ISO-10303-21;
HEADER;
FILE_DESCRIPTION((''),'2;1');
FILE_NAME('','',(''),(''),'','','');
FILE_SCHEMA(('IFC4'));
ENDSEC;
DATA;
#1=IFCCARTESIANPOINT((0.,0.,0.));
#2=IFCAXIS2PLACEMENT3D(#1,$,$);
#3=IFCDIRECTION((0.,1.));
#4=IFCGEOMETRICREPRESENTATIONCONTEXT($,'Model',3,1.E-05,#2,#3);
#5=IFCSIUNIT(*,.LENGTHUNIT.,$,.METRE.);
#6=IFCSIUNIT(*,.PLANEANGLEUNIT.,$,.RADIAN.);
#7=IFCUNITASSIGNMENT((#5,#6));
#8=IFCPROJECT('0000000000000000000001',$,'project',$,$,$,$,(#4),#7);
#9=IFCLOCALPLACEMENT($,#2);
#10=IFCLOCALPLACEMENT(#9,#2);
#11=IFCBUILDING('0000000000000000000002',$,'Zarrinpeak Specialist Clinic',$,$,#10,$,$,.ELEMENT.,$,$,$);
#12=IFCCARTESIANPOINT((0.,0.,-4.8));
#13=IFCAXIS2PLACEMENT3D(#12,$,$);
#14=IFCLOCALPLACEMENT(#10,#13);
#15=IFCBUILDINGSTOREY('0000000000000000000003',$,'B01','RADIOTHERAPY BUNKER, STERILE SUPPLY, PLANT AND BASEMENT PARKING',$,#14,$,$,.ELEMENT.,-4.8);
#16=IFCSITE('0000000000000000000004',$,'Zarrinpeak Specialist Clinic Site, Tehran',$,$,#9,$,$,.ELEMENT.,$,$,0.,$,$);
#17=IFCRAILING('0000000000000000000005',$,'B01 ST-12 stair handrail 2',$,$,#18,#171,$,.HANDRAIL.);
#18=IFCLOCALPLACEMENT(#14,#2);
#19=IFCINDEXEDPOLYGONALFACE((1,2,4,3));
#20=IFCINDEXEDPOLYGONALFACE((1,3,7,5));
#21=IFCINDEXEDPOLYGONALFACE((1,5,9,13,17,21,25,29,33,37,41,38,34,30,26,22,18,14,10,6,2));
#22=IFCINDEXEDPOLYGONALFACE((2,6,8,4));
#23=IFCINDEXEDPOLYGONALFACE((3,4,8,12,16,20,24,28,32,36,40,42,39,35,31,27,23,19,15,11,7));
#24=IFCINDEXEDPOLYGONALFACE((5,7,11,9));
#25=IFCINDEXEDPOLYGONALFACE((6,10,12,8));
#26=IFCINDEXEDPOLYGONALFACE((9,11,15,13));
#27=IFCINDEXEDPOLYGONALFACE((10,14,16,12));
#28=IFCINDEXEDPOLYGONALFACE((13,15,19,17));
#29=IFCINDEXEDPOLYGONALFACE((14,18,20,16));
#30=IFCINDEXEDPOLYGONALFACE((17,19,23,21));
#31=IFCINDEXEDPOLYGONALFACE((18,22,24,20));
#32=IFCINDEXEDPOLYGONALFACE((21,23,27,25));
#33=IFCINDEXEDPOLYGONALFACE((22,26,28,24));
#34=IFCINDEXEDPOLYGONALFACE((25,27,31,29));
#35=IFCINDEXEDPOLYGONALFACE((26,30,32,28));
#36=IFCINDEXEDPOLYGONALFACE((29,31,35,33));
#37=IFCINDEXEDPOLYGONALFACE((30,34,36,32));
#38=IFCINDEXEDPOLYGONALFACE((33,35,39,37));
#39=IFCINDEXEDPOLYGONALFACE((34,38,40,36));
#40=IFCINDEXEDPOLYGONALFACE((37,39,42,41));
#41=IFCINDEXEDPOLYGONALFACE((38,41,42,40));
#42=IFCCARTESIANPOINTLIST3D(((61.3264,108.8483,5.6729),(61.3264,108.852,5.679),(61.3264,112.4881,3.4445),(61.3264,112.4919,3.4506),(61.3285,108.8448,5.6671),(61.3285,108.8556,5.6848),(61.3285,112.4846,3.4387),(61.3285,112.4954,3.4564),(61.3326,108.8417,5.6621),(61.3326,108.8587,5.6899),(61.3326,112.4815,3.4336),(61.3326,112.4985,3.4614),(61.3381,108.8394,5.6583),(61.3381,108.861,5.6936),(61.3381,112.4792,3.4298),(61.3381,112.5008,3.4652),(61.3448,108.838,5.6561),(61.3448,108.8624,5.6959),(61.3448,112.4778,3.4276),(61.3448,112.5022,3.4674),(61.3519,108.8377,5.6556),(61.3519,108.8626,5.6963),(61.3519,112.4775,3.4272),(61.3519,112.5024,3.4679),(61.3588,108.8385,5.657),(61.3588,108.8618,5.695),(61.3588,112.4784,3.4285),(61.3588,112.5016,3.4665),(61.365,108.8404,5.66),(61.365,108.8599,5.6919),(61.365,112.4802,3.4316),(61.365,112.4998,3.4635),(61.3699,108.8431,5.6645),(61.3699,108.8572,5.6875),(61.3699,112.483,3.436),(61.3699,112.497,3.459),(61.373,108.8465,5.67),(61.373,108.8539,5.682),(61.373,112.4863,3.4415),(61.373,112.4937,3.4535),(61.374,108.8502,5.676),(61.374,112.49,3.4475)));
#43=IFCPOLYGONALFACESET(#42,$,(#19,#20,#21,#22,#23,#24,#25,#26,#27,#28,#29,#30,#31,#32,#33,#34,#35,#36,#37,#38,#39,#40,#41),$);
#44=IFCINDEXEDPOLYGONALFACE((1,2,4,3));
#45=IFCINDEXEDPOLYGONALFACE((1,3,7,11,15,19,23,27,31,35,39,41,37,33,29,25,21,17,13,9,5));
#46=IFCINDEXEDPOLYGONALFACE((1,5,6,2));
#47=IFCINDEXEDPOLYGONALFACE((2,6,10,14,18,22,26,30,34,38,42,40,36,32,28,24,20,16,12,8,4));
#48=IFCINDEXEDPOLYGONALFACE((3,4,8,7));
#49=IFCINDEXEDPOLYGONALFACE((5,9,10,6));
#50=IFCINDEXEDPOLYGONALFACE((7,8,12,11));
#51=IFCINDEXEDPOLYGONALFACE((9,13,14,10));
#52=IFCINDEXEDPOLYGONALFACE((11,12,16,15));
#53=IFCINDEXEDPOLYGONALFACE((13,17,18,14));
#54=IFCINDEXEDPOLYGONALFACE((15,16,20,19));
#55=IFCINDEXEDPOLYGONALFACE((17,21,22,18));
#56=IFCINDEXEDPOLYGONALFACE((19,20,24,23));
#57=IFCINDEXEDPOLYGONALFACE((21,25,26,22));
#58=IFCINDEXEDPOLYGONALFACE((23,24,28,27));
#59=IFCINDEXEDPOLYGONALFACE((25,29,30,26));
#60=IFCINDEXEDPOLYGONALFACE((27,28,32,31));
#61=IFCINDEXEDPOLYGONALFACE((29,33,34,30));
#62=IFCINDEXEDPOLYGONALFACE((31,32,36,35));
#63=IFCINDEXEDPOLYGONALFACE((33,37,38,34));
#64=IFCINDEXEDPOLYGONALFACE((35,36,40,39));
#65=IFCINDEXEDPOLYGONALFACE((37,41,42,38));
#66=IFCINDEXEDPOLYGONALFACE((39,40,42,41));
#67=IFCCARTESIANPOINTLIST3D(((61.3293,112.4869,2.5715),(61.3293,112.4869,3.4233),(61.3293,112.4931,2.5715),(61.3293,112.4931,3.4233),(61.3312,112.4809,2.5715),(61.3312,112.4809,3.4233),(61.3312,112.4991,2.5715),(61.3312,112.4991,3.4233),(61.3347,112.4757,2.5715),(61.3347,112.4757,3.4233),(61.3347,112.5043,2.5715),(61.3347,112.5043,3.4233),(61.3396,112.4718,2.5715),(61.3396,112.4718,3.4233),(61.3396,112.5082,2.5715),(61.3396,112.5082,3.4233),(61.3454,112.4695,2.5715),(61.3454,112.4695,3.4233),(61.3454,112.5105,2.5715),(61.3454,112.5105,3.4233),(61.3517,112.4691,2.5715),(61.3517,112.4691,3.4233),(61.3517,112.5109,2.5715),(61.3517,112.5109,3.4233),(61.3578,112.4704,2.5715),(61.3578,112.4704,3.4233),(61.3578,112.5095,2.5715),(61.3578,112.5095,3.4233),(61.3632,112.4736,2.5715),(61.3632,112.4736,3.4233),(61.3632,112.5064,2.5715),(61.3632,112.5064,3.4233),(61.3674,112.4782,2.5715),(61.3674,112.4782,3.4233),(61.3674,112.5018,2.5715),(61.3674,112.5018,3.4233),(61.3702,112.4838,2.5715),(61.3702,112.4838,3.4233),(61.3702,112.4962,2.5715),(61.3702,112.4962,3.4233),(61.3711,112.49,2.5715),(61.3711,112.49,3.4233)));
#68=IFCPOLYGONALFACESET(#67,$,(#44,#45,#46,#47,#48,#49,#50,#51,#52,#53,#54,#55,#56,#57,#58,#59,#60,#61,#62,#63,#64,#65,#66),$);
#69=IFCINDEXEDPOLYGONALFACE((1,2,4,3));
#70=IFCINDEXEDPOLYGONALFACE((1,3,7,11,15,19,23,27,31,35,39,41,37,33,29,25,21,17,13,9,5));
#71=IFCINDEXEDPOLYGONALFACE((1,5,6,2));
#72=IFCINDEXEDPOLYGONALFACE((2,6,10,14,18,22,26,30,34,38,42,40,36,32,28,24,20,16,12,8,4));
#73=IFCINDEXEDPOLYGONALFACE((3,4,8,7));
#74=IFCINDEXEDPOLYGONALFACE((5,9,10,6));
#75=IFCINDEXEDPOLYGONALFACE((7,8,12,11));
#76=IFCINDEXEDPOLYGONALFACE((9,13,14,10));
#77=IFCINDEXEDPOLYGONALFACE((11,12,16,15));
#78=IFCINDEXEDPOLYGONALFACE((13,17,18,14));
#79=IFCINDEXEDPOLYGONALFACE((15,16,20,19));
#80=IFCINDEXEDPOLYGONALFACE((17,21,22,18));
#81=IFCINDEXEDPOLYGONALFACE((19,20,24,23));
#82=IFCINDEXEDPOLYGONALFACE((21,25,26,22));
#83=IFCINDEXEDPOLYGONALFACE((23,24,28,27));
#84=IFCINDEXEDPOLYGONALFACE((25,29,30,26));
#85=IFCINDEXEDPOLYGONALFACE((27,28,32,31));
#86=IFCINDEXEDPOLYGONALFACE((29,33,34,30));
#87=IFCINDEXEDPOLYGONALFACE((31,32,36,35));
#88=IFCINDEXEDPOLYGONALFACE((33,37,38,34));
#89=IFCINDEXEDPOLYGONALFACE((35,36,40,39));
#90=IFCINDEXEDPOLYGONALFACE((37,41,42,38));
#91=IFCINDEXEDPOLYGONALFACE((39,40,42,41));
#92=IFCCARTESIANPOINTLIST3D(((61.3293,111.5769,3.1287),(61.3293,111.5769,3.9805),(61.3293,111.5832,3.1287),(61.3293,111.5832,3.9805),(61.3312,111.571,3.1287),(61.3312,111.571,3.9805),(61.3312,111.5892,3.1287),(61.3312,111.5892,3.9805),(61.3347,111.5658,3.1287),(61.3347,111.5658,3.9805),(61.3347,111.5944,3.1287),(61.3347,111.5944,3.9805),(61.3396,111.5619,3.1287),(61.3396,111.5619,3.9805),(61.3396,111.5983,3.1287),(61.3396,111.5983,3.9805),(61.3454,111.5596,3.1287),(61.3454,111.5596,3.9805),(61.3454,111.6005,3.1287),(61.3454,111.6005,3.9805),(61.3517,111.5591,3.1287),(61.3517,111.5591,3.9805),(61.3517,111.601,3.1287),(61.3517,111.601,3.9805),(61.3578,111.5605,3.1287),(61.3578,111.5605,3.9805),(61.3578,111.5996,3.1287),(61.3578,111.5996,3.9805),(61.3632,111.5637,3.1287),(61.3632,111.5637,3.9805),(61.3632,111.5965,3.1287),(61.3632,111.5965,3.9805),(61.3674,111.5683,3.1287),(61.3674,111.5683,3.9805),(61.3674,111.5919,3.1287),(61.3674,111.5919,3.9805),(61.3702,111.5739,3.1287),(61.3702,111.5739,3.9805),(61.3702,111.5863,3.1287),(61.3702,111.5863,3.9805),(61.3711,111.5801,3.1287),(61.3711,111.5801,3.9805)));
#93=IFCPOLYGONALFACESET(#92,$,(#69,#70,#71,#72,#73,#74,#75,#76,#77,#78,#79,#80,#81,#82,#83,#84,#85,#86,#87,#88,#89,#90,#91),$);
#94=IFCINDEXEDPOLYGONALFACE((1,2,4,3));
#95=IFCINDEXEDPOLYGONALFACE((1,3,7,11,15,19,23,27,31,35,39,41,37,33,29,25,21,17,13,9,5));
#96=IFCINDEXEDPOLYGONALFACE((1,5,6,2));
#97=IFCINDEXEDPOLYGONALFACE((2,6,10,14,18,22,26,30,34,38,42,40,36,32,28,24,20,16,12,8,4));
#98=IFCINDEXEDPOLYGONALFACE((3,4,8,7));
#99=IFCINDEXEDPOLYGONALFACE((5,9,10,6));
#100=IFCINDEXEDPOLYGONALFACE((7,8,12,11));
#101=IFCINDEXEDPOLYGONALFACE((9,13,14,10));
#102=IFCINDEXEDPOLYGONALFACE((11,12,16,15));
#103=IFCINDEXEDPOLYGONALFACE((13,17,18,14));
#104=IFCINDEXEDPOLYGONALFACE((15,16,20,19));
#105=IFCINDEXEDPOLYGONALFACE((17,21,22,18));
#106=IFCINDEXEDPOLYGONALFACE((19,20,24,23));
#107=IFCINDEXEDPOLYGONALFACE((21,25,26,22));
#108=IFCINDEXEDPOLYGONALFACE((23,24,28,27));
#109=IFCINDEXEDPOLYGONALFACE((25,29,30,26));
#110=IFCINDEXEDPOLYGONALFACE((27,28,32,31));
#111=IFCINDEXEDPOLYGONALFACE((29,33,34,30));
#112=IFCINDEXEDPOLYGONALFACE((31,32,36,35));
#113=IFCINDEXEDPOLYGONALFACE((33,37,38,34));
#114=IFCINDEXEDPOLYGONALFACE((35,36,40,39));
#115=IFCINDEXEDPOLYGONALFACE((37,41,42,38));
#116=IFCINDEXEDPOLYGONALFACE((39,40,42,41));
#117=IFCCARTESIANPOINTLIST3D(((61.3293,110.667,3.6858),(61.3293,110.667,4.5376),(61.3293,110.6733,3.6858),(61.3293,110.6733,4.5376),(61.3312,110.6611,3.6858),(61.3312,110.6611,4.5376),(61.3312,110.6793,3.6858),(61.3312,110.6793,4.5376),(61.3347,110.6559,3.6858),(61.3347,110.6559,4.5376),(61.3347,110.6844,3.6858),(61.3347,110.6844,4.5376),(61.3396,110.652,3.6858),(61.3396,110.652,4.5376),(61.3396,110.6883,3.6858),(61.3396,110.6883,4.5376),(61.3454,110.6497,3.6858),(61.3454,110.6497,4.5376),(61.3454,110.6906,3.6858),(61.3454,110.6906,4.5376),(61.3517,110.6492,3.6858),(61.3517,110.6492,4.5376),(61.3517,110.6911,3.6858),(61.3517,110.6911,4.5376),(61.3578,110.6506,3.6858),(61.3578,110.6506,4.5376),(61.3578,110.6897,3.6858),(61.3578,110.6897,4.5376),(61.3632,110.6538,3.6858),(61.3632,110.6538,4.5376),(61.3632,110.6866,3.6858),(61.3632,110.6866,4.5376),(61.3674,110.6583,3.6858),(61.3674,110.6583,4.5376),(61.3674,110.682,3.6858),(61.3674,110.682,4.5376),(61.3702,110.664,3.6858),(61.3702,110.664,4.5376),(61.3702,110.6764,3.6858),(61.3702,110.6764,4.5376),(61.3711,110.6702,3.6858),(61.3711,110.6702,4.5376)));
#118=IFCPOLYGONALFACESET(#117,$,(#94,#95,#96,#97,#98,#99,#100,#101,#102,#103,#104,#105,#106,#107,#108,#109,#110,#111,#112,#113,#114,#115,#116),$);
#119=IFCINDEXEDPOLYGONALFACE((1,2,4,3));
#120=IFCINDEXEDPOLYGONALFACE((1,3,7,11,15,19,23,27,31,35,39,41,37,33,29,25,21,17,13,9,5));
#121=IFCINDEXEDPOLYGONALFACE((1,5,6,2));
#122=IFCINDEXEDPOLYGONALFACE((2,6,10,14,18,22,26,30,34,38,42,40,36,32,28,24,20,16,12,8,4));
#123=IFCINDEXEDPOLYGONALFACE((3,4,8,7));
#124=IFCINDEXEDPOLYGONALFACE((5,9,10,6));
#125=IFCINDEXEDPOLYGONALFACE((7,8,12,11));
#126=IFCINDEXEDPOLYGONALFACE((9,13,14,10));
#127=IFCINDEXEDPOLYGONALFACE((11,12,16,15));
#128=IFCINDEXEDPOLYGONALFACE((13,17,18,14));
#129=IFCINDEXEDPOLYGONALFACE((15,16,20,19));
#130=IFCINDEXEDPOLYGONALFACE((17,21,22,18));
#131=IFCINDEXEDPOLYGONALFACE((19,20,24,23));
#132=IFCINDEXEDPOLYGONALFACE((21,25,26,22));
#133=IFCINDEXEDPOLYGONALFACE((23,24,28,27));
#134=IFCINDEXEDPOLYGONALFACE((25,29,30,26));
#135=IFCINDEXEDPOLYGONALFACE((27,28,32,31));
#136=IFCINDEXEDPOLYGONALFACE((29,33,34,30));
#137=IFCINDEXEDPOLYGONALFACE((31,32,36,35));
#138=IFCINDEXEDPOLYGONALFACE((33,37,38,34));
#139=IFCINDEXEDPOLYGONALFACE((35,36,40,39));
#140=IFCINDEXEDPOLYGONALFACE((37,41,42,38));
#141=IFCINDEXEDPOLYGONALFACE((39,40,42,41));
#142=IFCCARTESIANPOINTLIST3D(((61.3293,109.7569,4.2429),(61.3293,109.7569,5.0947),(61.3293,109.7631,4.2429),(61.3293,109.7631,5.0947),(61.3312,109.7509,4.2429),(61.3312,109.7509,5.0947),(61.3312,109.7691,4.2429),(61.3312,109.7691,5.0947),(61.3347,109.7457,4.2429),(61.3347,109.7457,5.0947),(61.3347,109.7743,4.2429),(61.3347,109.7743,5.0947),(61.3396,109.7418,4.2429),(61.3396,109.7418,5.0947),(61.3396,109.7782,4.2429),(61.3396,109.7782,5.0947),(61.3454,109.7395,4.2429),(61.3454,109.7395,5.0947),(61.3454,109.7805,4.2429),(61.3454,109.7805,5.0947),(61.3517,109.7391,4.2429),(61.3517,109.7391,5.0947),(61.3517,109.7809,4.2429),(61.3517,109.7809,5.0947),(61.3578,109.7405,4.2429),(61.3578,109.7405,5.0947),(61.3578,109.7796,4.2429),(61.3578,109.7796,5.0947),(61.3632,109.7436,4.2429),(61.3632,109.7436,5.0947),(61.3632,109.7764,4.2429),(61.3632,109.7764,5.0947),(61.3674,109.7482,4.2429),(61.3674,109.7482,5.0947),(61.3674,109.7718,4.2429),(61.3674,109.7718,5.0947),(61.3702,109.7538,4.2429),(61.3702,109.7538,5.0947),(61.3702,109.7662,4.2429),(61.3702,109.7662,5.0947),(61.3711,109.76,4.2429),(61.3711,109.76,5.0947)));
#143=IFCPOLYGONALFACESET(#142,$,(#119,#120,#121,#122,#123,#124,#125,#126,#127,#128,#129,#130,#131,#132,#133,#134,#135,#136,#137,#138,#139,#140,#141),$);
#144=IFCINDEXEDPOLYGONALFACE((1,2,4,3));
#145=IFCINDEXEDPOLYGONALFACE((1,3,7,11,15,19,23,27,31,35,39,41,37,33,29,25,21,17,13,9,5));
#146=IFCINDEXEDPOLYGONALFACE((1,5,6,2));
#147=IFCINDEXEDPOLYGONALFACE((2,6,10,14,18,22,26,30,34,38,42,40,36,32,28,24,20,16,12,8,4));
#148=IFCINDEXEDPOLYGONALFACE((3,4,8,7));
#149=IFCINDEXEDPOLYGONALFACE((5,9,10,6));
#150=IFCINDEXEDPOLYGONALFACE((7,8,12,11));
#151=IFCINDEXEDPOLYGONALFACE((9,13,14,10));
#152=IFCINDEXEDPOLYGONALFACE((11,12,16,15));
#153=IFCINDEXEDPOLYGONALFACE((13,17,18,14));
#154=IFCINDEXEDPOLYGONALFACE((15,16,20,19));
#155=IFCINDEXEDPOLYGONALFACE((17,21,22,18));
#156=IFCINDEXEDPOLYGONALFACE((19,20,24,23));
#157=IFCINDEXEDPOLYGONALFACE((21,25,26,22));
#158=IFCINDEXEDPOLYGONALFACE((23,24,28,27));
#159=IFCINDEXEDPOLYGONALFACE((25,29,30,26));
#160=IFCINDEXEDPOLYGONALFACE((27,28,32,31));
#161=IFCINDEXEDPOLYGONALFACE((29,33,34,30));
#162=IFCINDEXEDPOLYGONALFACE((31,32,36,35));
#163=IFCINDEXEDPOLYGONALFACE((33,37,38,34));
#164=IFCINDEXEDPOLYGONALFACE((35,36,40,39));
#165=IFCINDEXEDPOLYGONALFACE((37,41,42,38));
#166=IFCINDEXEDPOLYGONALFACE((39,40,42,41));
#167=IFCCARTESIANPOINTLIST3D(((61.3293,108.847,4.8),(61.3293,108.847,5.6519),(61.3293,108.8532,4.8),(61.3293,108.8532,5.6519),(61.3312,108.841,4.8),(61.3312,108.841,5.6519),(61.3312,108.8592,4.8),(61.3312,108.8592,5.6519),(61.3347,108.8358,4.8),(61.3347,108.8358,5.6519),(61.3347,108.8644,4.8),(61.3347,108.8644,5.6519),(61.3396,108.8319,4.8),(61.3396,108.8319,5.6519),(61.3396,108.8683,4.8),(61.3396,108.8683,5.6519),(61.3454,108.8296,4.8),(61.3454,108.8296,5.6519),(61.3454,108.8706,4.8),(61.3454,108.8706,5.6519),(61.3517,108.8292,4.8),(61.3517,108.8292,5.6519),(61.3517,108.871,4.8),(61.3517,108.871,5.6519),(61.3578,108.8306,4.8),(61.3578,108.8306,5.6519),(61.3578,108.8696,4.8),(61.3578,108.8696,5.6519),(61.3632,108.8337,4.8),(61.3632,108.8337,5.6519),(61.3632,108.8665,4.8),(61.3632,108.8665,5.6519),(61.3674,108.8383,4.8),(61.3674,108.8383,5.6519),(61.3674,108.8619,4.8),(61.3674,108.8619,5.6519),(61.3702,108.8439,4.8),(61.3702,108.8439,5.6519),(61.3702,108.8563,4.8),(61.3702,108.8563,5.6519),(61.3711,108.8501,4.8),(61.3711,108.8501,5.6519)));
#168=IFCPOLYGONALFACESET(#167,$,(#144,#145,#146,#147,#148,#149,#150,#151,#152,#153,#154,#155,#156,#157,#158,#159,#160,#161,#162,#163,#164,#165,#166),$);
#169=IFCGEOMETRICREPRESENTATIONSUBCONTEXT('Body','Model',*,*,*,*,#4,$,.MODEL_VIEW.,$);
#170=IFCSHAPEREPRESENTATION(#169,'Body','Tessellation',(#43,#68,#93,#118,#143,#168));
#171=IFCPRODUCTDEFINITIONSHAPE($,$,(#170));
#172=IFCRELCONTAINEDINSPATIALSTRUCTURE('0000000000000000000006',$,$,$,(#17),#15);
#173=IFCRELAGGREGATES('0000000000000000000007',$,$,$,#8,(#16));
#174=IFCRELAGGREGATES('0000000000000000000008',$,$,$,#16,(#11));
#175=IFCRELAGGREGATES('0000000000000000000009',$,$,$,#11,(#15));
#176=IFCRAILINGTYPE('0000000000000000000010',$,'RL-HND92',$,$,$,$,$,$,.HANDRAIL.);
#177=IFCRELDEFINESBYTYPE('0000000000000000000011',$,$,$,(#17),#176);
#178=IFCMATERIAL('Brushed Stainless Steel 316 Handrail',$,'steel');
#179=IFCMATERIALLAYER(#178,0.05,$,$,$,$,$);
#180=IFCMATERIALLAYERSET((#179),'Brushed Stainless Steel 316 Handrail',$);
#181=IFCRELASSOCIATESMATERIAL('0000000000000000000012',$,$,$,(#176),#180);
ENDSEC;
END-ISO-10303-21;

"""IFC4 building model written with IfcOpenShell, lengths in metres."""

from ifc_helpers import new_model, si_unit, direction, frame, origin, origin_2d, place, context, subcontext, project, spatial, circle, extrude, material, layer, layer_set, type_object, element, save


model = new_model("IFC4")

# Units and contexts
model_context = context("Model", 3, precision=1e-05, world=origin(), true_north=direction((0.0, 1.0)))
body_context = subcontext(model_context, "Body", "Model", "MODEL_VIEW")
ifc_project = project(units=[si_unit("LENGTHUNIT", "METRE"), si_unit("PLANEANGLEUNIT", "RADIAN")], contexts=[model_context])

# Site, building, storey
site_placement = place(None, origin())
site = spatial("IfcSite", under=ifc_project, at=site_placement, Name="Zarrinpeak Specialist Clinic Site, Tehran", CompositionType="ELEMENT", RefElevation=0.0)
building_placement = place(site_placement, origin())
building = spatial("IfcBuilding", under=site, at=building_placement, Name="Zarrinpeak Specialist Clinic", CompositionType="ELEMENT")
storey_placement = place(building_placement, frame((0.0, 0.0, -4.8)))
storey = spatial("IfcBuildingStorey", under=building, at=storey_placement, Name="B01", Description="RADIOTHERAPY BUNKER, STERILE SUPPLY, PLANT AND BASEMENT PARKING", CompositionType="ELEMENT", Elevation=-4.8)

# Railing
ifc_material_1 = material(Name="Brushed Stainless Steel 316 Handrail", Category="steel")
ifc_layer_1 = layer(ifc_material_1, 0.05)
ifc_layer_set_1 = layer_set([ifc_layer_1], Name="Brushed Stainless Steel 316 Handrail")
railing_type_1 = type_object("IfcRailingType", Name="RL-HND92", PredefinedType="HANDRAIL", material=ifc_layer_set_1)
railing_1_placement = place(storey_placement, frame((61.3501, 112.49, 2.5715)))
element("IfcRailing", 1, at=railing_1_placement, inside=storey, type_object=railing_type_1, Name="B01 ST-12 stair handrail 2", PredefinedType="HANDRAIL", context=body_context, shape_type="SweptSolid", body=[
    extrude(circle(Radius=0.0239, at=origin_2d()), frame((0.0, 0.0, 0.876), z_axis=(0.0, -0.85285, 0.522156), x_axis=(1.0, 0.0, 0.0)), (0.0, 0.0, 1.0), 4.2678),
    extrude(circle(Radius=0.021, at=origin_2d()), origin(), (0.0, 0.0, 1.0), 0.8518),
    extrude(circle(Radius=0.021, at=origin_2d()), frame((0.0, -0.9099, 0.5571)), (0.0, 0.0, 1.0), 0.8518),
    extrude(circle(Radius=0.021, at=origin_2d()), frame((0.0, -1.8198, 1.1143)), (0.0, 0.0, 1.0), 0.8518),
    extrude(circle(Radius=0.021, at=origin_2d()), frame((0.0, -2.73, 1.6714)), (0.0, 0.0, 1.0), 0.8518),
    extrude(circle(Radius=0.021, at=origin_2d()), frame((0.0, -3.6399, 2.2285)), (0.0, 0.0, 1.0), 0.8518),
])

save(model, "model.ifc")
